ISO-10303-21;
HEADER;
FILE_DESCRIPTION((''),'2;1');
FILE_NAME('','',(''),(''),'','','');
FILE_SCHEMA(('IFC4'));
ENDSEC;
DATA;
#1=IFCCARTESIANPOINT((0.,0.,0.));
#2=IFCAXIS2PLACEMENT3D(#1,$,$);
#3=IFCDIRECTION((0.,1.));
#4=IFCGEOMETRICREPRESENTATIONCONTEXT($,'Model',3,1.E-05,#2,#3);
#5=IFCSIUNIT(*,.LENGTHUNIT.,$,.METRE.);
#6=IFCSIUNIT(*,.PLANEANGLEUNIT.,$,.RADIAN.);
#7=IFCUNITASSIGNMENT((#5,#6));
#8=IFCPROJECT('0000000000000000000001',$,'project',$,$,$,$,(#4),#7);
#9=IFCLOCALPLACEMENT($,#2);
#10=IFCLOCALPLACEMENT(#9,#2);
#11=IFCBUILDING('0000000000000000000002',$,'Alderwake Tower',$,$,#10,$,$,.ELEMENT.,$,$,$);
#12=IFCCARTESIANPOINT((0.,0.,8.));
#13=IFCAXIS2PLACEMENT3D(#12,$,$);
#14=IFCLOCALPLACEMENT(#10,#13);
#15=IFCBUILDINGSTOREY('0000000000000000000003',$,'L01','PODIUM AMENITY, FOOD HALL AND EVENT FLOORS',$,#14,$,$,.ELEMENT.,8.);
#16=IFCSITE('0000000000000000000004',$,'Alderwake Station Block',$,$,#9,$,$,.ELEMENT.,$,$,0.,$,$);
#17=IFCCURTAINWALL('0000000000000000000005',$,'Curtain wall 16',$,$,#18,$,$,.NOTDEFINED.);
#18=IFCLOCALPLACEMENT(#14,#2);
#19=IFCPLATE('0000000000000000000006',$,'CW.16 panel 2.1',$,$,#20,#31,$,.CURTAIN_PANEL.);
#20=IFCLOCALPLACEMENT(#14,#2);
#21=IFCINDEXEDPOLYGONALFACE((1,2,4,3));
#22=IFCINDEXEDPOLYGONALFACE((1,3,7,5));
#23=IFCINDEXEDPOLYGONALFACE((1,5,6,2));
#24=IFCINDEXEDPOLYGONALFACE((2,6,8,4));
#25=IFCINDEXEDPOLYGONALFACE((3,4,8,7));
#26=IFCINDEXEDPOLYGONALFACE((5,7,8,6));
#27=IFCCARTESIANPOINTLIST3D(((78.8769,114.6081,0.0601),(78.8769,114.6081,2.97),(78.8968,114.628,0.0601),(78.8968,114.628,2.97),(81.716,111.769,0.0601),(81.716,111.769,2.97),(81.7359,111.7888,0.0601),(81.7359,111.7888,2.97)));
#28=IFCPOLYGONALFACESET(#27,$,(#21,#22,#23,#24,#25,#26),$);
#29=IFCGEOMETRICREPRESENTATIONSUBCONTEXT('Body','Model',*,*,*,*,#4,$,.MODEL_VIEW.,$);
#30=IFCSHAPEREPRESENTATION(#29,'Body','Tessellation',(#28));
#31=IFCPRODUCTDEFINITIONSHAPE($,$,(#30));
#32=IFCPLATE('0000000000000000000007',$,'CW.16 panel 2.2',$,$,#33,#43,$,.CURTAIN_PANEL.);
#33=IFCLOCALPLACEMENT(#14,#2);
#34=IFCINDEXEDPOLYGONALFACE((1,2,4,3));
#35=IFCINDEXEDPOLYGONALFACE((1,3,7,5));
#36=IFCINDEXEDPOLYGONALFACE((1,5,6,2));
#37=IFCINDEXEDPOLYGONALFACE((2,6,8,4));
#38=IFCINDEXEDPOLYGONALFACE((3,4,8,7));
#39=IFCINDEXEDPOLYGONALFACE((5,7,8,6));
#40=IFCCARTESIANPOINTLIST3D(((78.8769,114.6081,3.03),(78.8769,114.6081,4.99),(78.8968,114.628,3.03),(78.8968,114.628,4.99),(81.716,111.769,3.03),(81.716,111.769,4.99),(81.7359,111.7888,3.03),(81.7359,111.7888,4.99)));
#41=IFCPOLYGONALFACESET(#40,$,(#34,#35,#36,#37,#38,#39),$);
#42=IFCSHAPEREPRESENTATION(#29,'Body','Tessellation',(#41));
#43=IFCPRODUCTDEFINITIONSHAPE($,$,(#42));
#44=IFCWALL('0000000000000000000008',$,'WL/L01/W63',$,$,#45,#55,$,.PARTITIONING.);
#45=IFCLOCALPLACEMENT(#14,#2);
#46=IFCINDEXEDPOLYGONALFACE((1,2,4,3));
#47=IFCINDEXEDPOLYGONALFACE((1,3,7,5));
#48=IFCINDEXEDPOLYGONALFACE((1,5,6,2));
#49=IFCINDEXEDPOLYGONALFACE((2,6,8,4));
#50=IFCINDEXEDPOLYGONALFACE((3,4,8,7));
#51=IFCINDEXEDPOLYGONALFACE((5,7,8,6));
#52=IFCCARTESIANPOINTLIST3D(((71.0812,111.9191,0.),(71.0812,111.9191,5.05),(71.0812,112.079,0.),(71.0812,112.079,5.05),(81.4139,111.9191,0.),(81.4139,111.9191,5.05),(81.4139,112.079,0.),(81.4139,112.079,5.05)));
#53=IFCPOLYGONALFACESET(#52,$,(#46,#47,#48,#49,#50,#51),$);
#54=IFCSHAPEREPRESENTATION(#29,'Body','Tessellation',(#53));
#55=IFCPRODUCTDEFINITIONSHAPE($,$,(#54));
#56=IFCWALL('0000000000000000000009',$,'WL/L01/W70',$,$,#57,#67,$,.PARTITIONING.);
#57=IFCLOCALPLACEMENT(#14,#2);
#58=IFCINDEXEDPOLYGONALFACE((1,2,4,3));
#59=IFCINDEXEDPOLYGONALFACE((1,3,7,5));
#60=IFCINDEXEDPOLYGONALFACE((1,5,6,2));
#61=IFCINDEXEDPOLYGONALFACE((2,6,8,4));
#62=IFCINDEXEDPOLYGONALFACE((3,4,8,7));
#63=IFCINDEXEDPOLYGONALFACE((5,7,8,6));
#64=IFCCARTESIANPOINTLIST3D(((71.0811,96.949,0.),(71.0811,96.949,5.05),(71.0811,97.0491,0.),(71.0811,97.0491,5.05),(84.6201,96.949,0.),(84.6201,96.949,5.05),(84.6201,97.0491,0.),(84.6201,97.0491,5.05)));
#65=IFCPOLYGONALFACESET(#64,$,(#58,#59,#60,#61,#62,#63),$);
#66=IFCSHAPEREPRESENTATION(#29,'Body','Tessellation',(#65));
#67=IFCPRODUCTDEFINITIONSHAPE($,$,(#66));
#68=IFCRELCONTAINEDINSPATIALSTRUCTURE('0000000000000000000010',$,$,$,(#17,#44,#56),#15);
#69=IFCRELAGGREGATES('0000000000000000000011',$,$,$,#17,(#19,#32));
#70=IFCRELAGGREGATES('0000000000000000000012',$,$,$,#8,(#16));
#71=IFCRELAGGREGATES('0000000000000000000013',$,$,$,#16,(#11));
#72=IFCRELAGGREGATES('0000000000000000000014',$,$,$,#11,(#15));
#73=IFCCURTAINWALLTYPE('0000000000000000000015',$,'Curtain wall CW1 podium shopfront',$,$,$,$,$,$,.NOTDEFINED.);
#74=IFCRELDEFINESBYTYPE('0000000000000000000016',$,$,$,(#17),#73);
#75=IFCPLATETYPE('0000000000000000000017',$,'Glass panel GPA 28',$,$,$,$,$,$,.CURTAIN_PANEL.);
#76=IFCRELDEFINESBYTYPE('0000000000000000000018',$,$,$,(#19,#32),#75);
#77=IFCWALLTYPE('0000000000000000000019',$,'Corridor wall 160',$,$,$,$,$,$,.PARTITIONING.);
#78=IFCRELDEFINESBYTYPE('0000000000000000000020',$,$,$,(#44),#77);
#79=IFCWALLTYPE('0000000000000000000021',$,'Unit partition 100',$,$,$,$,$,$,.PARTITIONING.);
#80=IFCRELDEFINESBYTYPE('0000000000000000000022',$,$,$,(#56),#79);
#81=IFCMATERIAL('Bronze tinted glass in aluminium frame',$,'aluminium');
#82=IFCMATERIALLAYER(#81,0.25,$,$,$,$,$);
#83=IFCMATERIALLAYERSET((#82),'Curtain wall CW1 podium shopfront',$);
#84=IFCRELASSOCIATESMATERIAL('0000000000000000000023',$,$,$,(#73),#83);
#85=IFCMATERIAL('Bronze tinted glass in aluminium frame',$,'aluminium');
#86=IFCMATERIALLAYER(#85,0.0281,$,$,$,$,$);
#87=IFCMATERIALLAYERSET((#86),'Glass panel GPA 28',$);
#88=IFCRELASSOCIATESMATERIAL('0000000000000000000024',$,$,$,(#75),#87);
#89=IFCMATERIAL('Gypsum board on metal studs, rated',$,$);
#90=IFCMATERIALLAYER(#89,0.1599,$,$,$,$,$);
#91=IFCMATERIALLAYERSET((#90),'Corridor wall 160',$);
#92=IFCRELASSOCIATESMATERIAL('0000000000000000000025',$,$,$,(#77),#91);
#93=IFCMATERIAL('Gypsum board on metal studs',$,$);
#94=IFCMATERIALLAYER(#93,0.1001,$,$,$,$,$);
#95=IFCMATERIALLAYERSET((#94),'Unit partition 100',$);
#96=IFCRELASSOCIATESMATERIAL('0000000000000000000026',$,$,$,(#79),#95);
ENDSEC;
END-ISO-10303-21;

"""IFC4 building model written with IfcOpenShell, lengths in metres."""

from ifc_helpers import new_model, si_unit, direction, frame, frame_2d, origin, origin_2d, place, context, subcontext, project, spatial, rectangle, extrude, material, layer, layer_set, type_object, element, aggregate, save


model = new_model("IFC4")

# Units and contexts
model_context = context("Model", 3, precision=1e-05, world=origin(), true_north=direction((0.0, 1.0)))
body_context = subcontext(model_context, "Body", "Model", "MODEL_VIEW")
ifc_project = project(units=[si_unit("LENGTHUNIT", "METRE"), si_unit("PLANEANGLEUNIT", "RADIAN")], contexts=[model_context])

# Site, building, storey
site_placement = place(None, origin())
site = spatial("IfcSite", under=ifc_project, at=site_placement, Name="Alderwake Station Block", CompositionType="ELEMENT", RefElevation=0.0)
building_placement = place(site_placement, origin())
building = spatial("IfcBuilding", under=site, at=building_placement, Name="Alderwake Tower", CompositionType="ELEMENT")
storey_placement = place(building_placement, frame((0.0, 0.0, 8.0)))
storey = spatial("IfcBuildingStorey", under=building, at=storey_placement, Name="L01", Description="PODIUM AMENITY, FOOD HALL AND EVENT FLOORS", CompositionType="ELEMENT", Elevation=8.0)

# Curtain wall, plates
ifc_material_1 = material(Name="Bronze tinted glass in aluminium frame", Category="aluminium")
ifc_layer_1 = layer(ifc_material_1, 0.25)
ifc_layer_set_1 = layer_set([ifc_layer_1], Name="Curtain wall CW1 podium shopfront")
curtain_wall_type = type_object("IfcCurtainWallType", Name="Curtain wall CW1 podium shopfront", PredefinedType="NOTDEFINED", material=ifc_layer_set_1)
curtain_wall_placement = place(storey_placement, origin())
curtain_wall = element("IfcCurtainWall", 1, at=curtain_wall_placement, inside=storey, type_object=curtain_wall_type, Name="Curtain wall 16", PredefinedType="NOTDEFINED")
ifc_material_2 = material(Name="Bronze tinted glass in aluminium frame", Category="aluminium")
ifc_layer_2 = layer(ifc_material_2, 0.0281)
ifc_layer_set_2 = layer_set([ifc_layer_2], Name="Glass panel GPA 28")
plate_type = type_object("IfcPlateType", Name="Glass panel GPA 28", PredefinedType="CURTAIN_PANEL", material=ifc_layer_set_2)
plate_1_placement = place(storey_placement, frame((80.3064, 113.1985, 0.0601), z_axis=(0.0, 0.0, 1.0), x_axis=(-0.707107, 0.707107, 0.0)))
plate_1 = element("IfcPlate", 2, at=plate_1_placement, type_object=plate_type, Name="CW.16 panel 2.1", PredefinedType="CURTAIN_PANEL", context=body_context, shape_type="SweptSolid", body=[
    extrude(rectangle(XDim=4.0151, YDim=0.0281, at=origin_2d()), origin(), (0.0, 0.0, 1.0), 2.9099),
])
plate_2_placement = place(storey_placement, frame((80.3064, 113.1985, 3.03), z_axis=(0.0, 0.0, 1.0), x_axis=(-0.707107, 0.707107, 0.0)))
plate_2 = element("IfcPlate", 3, at=plate_2_placement, type_object=plate_type, Name="CW.16 panel 2.2", PredefinedType="CURTAIN_PANEL", context=body_context, shape_type="SweptSolid", body=[
    extrude(rectangle(XDim=4.0151, YDim=0.0281, at=origin_2d()), origin(), (0.0, 0.0, 1.0), 1.96),
])
aggregate(curtain_wall, [plate_1, plate_2])

# Wall
ifc_material_3 = material(Name="Gypsum board on metal studs, rated")
ifc_layer_3 = layer(ifc_material_3, 0.1599)
ifc_layer_set_3 = layer_set([ifc_layer_3], Name="Corridor wall 160")
wall_type_1 = type_object("IfcWallType", Name="Corridor wall 160", PredefinedType="PARTITIONING", material=ifc_layer_set_3)
wall_1_placement = place(storey_placement, frame((71.0811, 111.999, 0.0), z_axis=(0.0, 0.0, 1.0), x_axis=(1.0, 0.0, 0.0)))
element("IfcWall", 4, at=wall_1_placement, inside=storey, type_object=wall_type_1, Name="WL/L01/W63", PredefinedType="PARTITIONING", context=body_context, shape_type="SweptSolid", body=[
    extrude(rectangle(XDim=10.3328, YDim=0.1599, at=frame_2d((5.1665, 0.0))), origin(), (0.0, 0.0, 1.0), 5.05),
])

# Wall
ifc_material_4 = material(Name="Gypsum board on metal studs")
ifc_layer_4 = layer(ifc_material_4, 0.1001)
ifc_layer_set_4 = layer_set([ifc_layer_4], Name="Unit partition 100")
wall_type_2 = type_object("IfcWallType", Name="Unit partition 100", PredefinedType="PARTITIONING", material=ifc_layer_set_4)
wall_2_placement = place(storey_placement, frame((84.6201, 96.999, 0.0), z_axis=(0.0, 0.0, 1.0), x_axis=(-1.0, 0.0, 0.0)))
element("IfcWall", 5, at=wall_2_placement, inside=storey, type_object=wall_type_2, Name="WL/L01/W70", PredefinedType="PARTITIONING", context=body_context, shape_type="SweptSolid", body=[
    extrude(rectangle(XDim=13.5391, YDim=0.1001, at=frame_2d((6.7695, 0.0))), origin(), (0.0, 0.0, 1.0), 5.05),
])

save(model, "model.ifc")
